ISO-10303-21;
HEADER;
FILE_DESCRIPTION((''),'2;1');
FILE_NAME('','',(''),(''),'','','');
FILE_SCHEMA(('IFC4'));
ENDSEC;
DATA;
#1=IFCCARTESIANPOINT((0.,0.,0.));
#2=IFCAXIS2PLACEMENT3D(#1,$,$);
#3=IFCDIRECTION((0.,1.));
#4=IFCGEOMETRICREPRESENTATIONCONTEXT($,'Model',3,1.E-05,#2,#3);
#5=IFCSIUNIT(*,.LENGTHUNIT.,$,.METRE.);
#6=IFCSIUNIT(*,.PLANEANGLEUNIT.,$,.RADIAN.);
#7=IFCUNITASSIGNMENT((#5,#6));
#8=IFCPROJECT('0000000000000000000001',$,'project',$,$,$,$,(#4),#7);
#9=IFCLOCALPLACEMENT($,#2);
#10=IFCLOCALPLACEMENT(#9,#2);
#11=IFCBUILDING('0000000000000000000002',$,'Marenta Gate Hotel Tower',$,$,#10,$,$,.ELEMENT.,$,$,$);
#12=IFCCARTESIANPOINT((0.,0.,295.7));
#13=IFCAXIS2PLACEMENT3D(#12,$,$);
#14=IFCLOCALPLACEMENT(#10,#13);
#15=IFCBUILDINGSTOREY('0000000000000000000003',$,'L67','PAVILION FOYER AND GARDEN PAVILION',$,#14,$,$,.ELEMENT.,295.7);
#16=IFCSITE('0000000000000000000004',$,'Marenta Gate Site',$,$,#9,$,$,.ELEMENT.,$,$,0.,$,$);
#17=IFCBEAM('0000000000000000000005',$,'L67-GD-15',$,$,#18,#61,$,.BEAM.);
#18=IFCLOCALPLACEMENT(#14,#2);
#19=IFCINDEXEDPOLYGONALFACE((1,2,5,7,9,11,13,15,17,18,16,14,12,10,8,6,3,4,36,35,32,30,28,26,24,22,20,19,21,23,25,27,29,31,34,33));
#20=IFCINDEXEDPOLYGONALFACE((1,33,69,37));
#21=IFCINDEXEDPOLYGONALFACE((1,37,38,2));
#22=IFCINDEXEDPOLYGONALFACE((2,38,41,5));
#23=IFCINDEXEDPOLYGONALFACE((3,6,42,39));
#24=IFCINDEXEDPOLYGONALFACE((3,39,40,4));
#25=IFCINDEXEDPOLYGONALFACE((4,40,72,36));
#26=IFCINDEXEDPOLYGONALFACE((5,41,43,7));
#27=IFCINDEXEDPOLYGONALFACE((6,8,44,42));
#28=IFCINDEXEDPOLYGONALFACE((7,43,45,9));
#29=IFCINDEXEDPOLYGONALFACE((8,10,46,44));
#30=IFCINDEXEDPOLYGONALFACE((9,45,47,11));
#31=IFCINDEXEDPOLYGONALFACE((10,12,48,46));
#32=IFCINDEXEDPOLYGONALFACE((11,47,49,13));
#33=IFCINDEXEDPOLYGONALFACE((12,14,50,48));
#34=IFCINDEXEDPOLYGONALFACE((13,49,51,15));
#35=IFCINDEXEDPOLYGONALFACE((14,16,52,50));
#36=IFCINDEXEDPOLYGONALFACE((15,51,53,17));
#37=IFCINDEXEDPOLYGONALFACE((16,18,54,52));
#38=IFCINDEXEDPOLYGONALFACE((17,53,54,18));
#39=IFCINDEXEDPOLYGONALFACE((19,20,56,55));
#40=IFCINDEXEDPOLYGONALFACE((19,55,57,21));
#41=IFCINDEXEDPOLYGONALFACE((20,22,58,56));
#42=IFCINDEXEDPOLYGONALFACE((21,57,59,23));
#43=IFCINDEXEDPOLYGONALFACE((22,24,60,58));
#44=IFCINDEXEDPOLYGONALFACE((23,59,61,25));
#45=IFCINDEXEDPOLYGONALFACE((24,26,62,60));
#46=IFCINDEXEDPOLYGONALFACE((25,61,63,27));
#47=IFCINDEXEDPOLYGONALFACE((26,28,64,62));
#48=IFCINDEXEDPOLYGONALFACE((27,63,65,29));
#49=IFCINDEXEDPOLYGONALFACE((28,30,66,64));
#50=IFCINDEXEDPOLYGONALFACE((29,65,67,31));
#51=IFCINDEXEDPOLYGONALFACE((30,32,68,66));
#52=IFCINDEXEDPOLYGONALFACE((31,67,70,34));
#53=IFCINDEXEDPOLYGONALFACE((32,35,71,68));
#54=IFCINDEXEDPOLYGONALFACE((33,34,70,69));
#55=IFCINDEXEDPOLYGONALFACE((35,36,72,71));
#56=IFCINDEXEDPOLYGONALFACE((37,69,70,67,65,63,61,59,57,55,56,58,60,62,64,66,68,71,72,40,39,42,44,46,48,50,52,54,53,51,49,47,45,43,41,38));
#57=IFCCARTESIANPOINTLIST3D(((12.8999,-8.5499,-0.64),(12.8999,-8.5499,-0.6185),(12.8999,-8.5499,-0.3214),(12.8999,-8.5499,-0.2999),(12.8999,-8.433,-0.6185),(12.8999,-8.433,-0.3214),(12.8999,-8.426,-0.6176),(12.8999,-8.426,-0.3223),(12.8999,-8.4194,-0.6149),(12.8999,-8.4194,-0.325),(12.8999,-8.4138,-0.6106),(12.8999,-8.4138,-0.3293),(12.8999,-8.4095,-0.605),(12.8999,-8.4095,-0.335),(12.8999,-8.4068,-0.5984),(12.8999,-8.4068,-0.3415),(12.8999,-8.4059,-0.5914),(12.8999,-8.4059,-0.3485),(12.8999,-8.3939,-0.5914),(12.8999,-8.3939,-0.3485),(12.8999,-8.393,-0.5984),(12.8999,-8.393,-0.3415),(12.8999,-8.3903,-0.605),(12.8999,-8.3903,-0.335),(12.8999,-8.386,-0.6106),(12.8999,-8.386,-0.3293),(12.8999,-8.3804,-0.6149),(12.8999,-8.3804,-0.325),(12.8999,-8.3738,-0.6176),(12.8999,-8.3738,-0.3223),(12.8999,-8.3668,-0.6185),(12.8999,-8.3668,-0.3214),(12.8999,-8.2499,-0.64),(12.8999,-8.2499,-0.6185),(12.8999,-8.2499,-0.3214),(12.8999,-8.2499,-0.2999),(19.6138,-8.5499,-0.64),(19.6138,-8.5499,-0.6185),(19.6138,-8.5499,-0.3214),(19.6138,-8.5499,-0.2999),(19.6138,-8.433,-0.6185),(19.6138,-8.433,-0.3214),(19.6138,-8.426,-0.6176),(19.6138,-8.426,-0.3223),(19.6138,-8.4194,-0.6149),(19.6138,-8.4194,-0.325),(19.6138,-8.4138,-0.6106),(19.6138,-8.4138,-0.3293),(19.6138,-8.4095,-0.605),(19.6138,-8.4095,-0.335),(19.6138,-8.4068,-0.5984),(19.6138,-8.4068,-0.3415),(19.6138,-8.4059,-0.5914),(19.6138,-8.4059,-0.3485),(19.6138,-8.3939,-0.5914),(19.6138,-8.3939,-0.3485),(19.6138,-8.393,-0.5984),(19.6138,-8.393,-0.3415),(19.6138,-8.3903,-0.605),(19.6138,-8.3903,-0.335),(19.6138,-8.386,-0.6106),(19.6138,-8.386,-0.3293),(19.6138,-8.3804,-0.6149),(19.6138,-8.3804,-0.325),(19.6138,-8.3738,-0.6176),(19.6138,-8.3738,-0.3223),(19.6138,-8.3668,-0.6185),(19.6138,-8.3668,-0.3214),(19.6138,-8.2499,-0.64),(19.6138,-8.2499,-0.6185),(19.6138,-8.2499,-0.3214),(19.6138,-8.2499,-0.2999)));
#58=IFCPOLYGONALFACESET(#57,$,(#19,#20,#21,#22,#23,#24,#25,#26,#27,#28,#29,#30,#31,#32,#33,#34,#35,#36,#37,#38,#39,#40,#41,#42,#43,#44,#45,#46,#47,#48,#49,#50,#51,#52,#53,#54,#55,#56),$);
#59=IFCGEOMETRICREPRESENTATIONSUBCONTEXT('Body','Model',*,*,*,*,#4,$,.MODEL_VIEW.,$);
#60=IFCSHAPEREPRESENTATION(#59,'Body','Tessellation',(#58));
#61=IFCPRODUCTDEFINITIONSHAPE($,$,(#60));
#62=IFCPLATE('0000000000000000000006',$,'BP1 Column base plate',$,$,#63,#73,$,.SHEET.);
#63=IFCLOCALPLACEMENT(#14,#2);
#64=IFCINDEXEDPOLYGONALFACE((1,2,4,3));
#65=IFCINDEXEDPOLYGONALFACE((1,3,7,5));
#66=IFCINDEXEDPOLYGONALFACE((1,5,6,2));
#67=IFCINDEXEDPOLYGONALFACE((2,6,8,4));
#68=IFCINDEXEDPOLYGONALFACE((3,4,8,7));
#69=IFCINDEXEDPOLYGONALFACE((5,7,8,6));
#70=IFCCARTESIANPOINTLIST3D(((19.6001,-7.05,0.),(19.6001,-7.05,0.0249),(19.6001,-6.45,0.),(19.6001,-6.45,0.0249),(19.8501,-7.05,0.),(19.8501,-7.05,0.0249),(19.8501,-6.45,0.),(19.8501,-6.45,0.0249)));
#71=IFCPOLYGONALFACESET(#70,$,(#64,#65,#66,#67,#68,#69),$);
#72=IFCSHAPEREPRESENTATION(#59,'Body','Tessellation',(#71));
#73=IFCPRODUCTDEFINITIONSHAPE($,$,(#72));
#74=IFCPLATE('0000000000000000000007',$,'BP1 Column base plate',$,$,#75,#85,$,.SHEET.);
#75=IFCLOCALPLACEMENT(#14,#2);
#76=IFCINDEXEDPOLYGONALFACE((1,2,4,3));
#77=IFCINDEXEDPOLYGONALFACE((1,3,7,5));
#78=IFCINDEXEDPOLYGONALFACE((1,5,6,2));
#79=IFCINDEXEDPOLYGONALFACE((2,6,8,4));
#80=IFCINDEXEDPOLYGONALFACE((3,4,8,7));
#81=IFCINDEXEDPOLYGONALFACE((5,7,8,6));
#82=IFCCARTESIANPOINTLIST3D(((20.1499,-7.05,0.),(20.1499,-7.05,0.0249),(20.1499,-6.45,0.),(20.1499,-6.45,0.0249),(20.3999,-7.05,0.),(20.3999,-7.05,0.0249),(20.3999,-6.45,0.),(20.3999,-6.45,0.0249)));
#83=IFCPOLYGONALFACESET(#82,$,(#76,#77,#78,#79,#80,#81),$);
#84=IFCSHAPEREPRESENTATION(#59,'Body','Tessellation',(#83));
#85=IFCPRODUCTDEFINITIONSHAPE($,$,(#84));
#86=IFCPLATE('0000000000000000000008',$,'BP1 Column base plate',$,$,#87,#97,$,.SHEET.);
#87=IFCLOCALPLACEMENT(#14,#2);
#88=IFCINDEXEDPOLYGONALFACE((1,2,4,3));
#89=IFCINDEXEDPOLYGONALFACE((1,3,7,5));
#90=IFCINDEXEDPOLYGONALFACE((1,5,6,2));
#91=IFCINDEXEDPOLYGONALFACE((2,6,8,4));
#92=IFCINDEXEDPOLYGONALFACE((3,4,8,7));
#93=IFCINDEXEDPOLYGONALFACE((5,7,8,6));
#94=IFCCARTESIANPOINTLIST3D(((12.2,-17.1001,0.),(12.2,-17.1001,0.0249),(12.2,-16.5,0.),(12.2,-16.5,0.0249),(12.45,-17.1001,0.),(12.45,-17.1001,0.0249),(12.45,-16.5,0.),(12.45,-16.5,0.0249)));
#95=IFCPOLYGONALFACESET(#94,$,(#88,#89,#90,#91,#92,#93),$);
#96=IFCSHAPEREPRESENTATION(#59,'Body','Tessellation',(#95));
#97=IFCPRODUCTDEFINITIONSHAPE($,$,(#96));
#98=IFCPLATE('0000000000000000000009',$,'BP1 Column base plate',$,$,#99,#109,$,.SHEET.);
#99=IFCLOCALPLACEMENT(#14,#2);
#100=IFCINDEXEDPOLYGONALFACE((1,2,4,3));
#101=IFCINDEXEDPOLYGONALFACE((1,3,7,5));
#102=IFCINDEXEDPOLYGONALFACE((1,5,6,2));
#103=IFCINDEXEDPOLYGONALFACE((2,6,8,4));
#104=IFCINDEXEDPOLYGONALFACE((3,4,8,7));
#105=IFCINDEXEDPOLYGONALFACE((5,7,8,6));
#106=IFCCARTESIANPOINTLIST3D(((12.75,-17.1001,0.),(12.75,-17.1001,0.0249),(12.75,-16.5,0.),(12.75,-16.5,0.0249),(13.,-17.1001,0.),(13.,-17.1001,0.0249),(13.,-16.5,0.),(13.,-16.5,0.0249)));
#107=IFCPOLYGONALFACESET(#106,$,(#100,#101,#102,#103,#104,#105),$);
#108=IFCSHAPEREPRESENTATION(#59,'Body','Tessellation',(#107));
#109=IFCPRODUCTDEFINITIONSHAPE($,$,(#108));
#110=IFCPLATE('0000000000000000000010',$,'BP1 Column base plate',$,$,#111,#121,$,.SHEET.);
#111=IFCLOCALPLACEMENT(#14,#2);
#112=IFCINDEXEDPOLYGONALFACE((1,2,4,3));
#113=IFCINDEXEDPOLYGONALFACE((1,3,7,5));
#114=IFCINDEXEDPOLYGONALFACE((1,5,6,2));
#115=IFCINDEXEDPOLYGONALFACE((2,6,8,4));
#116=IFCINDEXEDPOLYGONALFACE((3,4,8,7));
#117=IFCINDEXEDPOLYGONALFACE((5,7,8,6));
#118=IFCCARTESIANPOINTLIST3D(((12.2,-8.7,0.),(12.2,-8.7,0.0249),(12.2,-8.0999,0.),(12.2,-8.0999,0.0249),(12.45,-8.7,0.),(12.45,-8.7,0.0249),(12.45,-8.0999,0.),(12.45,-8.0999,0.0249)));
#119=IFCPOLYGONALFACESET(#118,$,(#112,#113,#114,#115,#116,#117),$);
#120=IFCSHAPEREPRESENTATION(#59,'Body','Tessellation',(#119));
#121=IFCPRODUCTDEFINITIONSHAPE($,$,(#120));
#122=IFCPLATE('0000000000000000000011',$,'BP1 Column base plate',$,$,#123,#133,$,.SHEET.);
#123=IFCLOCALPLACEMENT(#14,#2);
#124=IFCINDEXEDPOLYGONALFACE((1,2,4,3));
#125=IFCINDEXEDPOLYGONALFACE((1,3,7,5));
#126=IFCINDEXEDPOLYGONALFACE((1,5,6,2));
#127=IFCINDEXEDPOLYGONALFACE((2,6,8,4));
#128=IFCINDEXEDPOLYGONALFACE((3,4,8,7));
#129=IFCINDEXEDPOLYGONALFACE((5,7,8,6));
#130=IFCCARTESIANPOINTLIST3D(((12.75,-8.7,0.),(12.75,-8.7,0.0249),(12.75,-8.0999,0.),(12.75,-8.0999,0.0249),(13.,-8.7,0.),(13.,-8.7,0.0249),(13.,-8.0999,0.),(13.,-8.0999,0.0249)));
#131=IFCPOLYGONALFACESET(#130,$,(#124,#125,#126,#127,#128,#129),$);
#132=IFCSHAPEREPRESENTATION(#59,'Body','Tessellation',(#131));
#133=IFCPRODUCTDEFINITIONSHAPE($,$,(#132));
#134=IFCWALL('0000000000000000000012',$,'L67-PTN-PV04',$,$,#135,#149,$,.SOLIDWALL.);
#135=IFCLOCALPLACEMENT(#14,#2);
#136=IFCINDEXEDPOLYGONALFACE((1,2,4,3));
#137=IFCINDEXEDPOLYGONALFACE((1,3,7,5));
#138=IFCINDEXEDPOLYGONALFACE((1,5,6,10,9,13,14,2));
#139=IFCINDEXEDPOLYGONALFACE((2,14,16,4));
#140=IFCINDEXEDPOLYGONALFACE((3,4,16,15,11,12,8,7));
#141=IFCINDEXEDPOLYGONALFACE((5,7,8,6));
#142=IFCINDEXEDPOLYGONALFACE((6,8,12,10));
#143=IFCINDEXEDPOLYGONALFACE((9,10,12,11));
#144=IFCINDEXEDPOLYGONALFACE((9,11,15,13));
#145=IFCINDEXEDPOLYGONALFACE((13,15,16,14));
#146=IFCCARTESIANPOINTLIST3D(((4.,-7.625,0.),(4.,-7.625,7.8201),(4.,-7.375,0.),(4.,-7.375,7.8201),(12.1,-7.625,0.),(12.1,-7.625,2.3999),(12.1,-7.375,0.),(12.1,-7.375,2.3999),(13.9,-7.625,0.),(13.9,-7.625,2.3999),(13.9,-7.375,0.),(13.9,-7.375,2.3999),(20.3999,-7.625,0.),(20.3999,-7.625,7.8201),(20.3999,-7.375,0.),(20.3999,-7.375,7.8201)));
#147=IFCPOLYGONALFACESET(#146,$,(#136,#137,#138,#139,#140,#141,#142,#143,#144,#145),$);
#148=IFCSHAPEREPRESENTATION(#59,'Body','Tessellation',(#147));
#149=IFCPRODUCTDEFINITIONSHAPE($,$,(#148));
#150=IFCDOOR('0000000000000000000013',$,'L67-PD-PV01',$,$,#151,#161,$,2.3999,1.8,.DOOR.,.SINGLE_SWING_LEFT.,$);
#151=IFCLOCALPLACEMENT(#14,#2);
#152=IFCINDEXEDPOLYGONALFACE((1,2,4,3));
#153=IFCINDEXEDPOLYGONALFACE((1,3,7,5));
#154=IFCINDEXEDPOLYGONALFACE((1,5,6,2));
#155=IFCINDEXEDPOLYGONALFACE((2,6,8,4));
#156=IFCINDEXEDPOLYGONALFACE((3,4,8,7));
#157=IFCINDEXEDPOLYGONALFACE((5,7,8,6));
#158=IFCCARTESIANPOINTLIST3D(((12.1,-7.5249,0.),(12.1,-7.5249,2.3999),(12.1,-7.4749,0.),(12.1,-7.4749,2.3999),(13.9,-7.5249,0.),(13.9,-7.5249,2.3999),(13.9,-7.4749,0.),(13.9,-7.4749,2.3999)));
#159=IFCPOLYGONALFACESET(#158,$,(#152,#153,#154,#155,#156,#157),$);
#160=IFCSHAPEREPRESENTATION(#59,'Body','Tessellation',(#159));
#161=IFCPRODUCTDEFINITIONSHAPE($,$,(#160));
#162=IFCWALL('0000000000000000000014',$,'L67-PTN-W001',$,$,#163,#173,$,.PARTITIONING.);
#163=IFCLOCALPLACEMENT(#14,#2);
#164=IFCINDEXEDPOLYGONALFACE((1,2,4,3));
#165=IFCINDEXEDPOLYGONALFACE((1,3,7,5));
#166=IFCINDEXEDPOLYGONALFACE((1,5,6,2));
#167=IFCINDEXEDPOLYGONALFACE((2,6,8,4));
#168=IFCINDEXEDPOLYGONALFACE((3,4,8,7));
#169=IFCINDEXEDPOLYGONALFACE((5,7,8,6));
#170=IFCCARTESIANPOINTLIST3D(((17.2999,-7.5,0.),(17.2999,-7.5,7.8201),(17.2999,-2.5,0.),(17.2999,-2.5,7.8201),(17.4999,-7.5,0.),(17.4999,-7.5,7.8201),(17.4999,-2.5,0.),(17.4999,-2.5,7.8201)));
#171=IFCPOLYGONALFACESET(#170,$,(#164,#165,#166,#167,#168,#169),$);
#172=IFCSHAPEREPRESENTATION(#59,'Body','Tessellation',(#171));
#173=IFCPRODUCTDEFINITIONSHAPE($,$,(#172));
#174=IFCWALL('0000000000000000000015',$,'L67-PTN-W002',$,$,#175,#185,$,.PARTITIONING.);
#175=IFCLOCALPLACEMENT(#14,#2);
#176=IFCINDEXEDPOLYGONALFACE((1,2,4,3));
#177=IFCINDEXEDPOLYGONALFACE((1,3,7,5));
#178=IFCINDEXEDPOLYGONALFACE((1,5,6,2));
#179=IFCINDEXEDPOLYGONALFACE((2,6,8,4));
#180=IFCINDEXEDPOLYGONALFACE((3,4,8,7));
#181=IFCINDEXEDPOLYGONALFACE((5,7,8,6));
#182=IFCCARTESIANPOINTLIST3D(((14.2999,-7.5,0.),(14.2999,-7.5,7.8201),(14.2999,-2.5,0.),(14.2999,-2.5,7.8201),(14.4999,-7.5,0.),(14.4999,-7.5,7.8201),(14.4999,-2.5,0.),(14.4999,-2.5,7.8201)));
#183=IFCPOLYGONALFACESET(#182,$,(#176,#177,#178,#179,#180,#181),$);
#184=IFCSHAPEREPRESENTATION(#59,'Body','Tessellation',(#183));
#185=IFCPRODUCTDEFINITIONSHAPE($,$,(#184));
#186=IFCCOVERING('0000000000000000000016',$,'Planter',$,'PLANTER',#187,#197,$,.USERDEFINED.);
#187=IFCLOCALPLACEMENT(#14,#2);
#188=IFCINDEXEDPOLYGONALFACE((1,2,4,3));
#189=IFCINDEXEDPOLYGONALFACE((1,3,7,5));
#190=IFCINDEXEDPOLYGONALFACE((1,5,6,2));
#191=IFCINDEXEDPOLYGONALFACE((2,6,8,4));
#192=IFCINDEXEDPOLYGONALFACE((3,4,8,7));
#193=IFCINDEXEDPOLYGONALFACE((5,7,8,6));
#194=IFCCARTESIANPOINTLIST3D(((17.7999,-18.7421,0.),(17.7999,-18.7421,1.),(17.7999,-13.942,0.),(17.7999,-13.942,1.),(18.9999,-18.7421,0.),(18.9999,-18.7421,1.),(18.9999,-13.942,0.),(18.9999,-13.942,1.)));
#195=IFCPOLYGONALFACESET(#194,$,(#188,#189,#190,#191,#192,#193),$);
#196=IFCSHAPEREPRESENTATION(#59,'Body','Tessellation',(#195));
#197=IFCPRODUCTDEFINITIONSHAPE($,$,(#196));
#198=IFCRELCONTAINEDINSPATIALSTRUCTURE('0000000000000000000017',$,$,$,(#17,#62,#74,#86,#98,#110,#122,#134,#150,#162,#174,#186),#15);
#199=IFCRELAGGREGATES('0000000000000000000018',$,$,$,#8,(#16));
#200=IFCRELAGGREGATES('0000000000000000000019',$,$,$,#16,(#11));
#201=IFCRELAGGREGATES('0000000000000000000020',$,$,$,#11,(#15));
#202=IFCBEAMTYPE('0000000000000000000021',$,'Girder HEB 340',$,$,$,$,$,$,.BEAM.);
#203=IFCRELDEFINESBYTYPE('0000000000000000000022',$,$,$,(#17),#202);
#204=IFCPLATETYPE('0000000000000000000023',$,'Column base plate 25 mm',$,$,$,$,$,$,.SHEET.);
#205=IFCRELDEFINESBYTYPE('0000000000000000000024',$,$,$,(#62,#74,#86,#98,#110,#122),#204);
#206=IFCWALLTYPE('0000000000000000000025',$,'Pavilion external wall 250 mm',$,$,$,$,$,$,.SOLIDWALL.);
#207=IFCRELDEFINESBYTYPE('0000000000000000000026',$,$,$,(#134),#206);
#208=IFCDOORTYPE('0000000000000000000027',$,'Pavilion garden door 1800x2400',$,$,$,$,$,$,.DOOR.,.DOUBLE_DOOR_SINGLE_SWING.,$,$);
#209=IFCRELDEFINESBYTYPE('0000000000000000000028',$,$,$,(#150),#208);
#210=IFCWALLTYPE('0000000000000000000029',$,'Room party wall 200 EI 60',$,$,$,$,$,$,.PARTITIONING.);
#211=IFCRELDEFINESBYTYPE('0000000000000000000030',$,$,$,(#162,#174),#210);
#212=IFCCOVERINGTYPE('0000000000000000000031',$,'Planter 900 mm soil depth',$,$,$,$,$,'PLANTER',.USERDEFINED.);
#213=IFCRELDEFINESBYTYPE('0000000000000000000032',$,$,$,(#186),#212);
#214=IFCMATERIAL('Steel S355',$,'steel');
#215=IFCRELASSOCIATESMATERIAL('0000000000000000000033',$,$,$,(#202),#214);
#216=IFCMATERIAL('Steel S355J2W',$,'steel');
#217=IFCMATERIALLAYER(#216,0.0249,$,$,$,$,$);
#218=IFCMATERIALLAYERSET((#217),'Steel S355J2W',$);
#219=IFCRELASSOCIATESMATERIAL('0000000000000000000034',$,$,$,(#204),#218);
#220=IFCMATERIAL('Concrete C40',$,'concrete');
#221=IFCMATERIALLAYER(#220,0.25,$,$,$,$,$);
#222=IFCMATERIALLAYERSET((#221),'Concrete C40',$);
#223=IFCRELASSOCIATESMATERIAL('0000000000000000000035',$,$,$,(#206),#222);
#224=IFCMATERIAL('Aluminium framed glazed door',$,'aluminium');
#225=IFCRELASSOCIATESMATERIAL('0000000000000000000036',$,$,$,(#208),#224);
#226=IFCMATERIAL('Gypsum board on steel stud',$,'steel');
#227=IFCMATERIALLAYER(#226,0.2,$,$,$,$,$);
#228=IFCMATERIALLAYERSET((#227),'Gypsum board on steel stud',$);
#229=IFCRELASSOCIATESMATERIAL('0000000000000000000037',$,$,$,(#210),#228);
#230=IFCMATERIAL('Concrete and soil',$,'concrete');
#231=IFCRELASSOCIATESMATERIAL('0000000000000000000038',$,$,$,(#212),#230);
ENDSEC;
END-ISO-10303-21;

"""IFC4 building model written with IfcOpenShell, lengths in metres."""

from ifc_helpers import new_model, si_unit, direction, frame, frame_2d, origin, origin_2d, place, context, subcontext, project, spatial, rectangle, i_section, extrude, material, layer, layer_set, material_profile, profile_set, type_object, element, fill, save


model = new_model("IFC4")

# Units and contexts
model_context = context("Model", 3, precision=1e-05, world=origin(), true_north=direction((0.0, 1.0)))
body_context = subcontext(model_context, "Body", "Model", "MODEL_VIEW")
ifc_project = project(units=[si_unit("LENGTHUNIT", "METRE"), si_unit("PLANEANGLEUNIT", "RADIAN")], contexts=[model_context])

# Site, building, storey
site_placement = place(None, origin())
site = spatial("IfcSite", under=ifc_project, at=site_placement, Name="Marenta Gate Site", CompositionType="ELEMENT", RefElevation=0.0)
building_placement = place(site_placement, origin())
building = spatial("IfcBuilding", under=site, at=building_placement, Name="Marenta Gate Hotel Tower", CompositionType="ELEMENT")
storey_placement = place(building_placement, frame((0.0, 0.0, 295.7)))
storey = spatial("IfcBuildingStorey", under=building, at=storey_placement, Name="L67", Description="PAVILION FOYER AND GARDEN PAVILION", CompositionType="ELEMENT", Elevation=295.7)

# Beam
ifc_material_1 = material(Name="Steel S355", Category="steel")
ifc_material_profile_1 = material_profile(ifc_material_1, i_section(OverallWidth=0.3, OverallDepth=0.3401, WebThickness=0.012, FlangeThickness=0.0215, FilletRadius=0.0271, at=origin_2d()), Name="HEB 340")
ifc_profile_set_1 = profile_set([ifc_material_profile_1], Name="Steel S355")
beam_type_1 = type_object("IfcBeamType", Name="Girder HEB 340", PredefinedType="BEAM", material=ifc_profile_set_1)
beam_1_placement = place(storey_placement, frame((12.8999, -8.3999, -0.47), z_axis=(1.0, 0.0, 0.0), x_axis=(0.0, 1.0, 0.0)))
element("IfcBeam", 1, at=beam_1_placement, inside=storey, type_object=beam_type_1, Name="L67-GD-15", PredefinedType="BEAM", context=body_context, shape_type="SweptSolid", body=[
    extrude(i_section(OverallWidth=0.3, OverallDepth=0.3401, WebThickness=0.012, FlangeThickness=0.0215, FilletRadius=0.0271, at=origin_2d()), origin(), (0.0, 0.0, 1.0), 6.7139),
])

# Plates
ifc_material_2 = material(Name="Steel S355J2W", Category="steel")
ifc_layer_1 = layer(ifc_material_2, 0.0249)
ifc_layer_set_1 = layer_set([ifc_layer_1], Name="Steel S355J2W")
plate_type = type_object("IfcPlateType", Name="Column base plate 25 mm", PredefinedType="SHEET", material=ifc_layer_set_1)
for number, where, z_axis, x_axis, name in (
    (2, (19.7251, -6.75, 0.0), (0.0, 0.0, 1.0), (1.0, 0.0, 0.0), "BP1 Column base plate"),
    (3, (20.2749, -6.75, 0.0), (0.0, 0.0, 1.0), (1.0, 0.0, 0.0), "BP1 Column base plate"),
    (4, (12.325, -16.8, 0.0), (0.0, 0.0, 1.0), (1.0, 0.0, 0.0), "BP1 Column base plate"),
    (5, (12.875, -16.8, 0.0), (0.0, 0.0, 1.0), (1.0, 0.0, 0.0), "BP1 Column base plate"),
    (6, (12.325, -8.3999, 0.0), (0.0, 0.0, 1.0), (1.0, 0.0, 0.0), "BP1 Column base plate"),
    (7, (12.875, -8.3999, 0.0), (0.0, 0.0, 1.0), (1.0, 0.0, 0.0), "BP1 Column base plate"),
):
    element("IfcPlate", number, at=place(storey_placement, frame(where, z_axis=z_axis, x_axis=x_axis)), inside=storey, type_object=plate_type, Name=name, PredefinedType="SHEET", context=body_context, shape_type="SweptSolid", body=[
        extrude(rectangle(XDim=0.25, YDim=0.6001, at=origin_2d()), origin(), (0.0, 0.0, 1.0), 0.0249),
    ])

# Wall, opening, door
ifc_material_3 = material(Name="Concrete C40", Category="concrete")
ifc_layer_2 = layer(ifc_material_3, 0.25)
ifc_layer_set_2 = layer_set([ifc_layer_2], Name="Concrete C40")
wall_type_1 = type_object("IfcWallType", Name="Pavilion external wall 250 mm", PredefinedType="SOLIDWALL", material=ifc_layer_set_2)
wall_placement = place(storey_placement, frame((20.3999, -7.5, 0.0), z_axis=(0.0, 0.0, 1.0), x_axis=(-1.0, 0.0, 0.0)))
wall = element("IfcWall", 8, at=wall_placement, inside=storey, type_object=wall_type_1, Name="L67-PTN-PV04", PredefinedType="SOLIDWALL", context=body_context, shape_type="SweptSolid", body=[
    extrude(rectangle(XDim=16.3999, YDim=0.25, at=frame_2d((8.2, 0.0))), origin(), (0.0, 0.0, 1.0), 7.8201),
])
opening_placement = place(wall_placement, frame((6.5, 0.0, 0.0)))
opening = element("IfcOpeningElement", 9, at=opening_placement, cuts=wall, PredefinedType="OPENING", context=body_context, shape_type="SweptSolid", body=[
    extrude(rectangle(XDim=1.8, YDim=2.3999, at=frame_2d((0.8999, 1.2))), frame((0.0, 0.125, 0.0), z_axis=(0.0, -1.0, 0.0), x_axis=(1.0, 0.0, 0.0)), (0.0, 0.0, 1.0), 0.25),
])
ifc_material_4 = material(Name="Aluminium framed glazed door", Category="aluminium")
door_type = type_object("IfcDoorType", Name="Pavilion garden door 1800x2400", OperationType="DOUBLE_DOOR_SINGLE_SWING", PredefinedType="DOOR", material=ifc_material_4)
door_placement = place(opening_placement, origin())
door = element("IfcDoor", 10, at=door_placement, inside=storey, type_object=door_type, Name="L67-PD-PV01", OperationType="SINGLE_SWING_LEFT", OverallHeight=2.3999, OverallWidth=1.8, PredefinedType="DOOR", context=body_context, shape_type="SweptSolid", body=[
    extrude(rectangle(XDim=1.8, YDim=2.3999, at=frame_2d((0.8999, 1.2))), frame((0.0, 0.0249, 0.0), z_axis=(0.0, -1.0, 0.0), x_axis=(1.0, 0.0, 0.0)), (0.0, 0.0, 1.0), 0.05),
])
fill(opening, door)

# Walls
ifc_material_5 = material(Name="Gypsum board on steel stud", Category="steel")
ifc_layer_3 = layer(ifc_material_5, 0.2)
ifc_layer_set_3 = layer_set([ifc_layer_3], Name="Gypsum board on steel stud")
wall_type_2 = type_object("IfcWallType", Name="Room party wall 200 EI 60", PredefinedType="PARTITIONING", material=ifc_layer_set_3)
for number, where, z_axis, x_axis, name in (
    (11, (17.3999, -7.5, 0.0), (0.0, 0.0, 1.0), (0.0, 1.0, 0.0), "L67-PTN-W001"),
    (12, (14.3999, -7.5, 0.0), (0.0, 0.0, 1.0), (0.0, 1.0, 0.0), "L67-PTN-W002"),
):
    element("IfcWall", number, at=place(storey_placement, frame(where, z_axis=z_axis, x_axis=x_axis)), inside=storey, type_object=wall_type_2, Name=name, PredefinedType="PARTITIONING", context=body_context, shape_type="SweptSolid", body=[
        extrude(rectangle(XDim=5.0, YDim=0.2, at=frame_2d((2.5, 0.0))), origin(), (0.0, 0.0, 1.0), 7.8201),
    ])

# Covering
ifc_material_6 = material(Name="Concrete and soil", Category="concrete")
covering_type = type_object("IfcCoveringType", Name="Planter 900 mm soil depth", ElementType="PLANTER", PredefinedType="USERDEFINED", material=ifc_material_6)
for number, where, z_axis, x_axis, name in (
    (13, (18.3999, -16.342, 0.0), (0.0, 0.0, 1.0), (0.0, 1.0, 0.0), "Planter"),
):
    element("IfcCovering", number, at=place(storey_placement, frame(where, z_axis=z_axis, x_axis=x_axis)), inside=storey, type_object=covering_type, Name=name, ObjectType="PLANTER", PredefinedType="USERDEFINED", context=body_context, shape_type="SweptSolid", body=[
        extrude(rectangle(XDim=4.8, YDim=1.2, at=origin_2d()), origin(), (0.0, 0.0, 1.0), 1.0),
    ])

save(model, "model.ifc")
